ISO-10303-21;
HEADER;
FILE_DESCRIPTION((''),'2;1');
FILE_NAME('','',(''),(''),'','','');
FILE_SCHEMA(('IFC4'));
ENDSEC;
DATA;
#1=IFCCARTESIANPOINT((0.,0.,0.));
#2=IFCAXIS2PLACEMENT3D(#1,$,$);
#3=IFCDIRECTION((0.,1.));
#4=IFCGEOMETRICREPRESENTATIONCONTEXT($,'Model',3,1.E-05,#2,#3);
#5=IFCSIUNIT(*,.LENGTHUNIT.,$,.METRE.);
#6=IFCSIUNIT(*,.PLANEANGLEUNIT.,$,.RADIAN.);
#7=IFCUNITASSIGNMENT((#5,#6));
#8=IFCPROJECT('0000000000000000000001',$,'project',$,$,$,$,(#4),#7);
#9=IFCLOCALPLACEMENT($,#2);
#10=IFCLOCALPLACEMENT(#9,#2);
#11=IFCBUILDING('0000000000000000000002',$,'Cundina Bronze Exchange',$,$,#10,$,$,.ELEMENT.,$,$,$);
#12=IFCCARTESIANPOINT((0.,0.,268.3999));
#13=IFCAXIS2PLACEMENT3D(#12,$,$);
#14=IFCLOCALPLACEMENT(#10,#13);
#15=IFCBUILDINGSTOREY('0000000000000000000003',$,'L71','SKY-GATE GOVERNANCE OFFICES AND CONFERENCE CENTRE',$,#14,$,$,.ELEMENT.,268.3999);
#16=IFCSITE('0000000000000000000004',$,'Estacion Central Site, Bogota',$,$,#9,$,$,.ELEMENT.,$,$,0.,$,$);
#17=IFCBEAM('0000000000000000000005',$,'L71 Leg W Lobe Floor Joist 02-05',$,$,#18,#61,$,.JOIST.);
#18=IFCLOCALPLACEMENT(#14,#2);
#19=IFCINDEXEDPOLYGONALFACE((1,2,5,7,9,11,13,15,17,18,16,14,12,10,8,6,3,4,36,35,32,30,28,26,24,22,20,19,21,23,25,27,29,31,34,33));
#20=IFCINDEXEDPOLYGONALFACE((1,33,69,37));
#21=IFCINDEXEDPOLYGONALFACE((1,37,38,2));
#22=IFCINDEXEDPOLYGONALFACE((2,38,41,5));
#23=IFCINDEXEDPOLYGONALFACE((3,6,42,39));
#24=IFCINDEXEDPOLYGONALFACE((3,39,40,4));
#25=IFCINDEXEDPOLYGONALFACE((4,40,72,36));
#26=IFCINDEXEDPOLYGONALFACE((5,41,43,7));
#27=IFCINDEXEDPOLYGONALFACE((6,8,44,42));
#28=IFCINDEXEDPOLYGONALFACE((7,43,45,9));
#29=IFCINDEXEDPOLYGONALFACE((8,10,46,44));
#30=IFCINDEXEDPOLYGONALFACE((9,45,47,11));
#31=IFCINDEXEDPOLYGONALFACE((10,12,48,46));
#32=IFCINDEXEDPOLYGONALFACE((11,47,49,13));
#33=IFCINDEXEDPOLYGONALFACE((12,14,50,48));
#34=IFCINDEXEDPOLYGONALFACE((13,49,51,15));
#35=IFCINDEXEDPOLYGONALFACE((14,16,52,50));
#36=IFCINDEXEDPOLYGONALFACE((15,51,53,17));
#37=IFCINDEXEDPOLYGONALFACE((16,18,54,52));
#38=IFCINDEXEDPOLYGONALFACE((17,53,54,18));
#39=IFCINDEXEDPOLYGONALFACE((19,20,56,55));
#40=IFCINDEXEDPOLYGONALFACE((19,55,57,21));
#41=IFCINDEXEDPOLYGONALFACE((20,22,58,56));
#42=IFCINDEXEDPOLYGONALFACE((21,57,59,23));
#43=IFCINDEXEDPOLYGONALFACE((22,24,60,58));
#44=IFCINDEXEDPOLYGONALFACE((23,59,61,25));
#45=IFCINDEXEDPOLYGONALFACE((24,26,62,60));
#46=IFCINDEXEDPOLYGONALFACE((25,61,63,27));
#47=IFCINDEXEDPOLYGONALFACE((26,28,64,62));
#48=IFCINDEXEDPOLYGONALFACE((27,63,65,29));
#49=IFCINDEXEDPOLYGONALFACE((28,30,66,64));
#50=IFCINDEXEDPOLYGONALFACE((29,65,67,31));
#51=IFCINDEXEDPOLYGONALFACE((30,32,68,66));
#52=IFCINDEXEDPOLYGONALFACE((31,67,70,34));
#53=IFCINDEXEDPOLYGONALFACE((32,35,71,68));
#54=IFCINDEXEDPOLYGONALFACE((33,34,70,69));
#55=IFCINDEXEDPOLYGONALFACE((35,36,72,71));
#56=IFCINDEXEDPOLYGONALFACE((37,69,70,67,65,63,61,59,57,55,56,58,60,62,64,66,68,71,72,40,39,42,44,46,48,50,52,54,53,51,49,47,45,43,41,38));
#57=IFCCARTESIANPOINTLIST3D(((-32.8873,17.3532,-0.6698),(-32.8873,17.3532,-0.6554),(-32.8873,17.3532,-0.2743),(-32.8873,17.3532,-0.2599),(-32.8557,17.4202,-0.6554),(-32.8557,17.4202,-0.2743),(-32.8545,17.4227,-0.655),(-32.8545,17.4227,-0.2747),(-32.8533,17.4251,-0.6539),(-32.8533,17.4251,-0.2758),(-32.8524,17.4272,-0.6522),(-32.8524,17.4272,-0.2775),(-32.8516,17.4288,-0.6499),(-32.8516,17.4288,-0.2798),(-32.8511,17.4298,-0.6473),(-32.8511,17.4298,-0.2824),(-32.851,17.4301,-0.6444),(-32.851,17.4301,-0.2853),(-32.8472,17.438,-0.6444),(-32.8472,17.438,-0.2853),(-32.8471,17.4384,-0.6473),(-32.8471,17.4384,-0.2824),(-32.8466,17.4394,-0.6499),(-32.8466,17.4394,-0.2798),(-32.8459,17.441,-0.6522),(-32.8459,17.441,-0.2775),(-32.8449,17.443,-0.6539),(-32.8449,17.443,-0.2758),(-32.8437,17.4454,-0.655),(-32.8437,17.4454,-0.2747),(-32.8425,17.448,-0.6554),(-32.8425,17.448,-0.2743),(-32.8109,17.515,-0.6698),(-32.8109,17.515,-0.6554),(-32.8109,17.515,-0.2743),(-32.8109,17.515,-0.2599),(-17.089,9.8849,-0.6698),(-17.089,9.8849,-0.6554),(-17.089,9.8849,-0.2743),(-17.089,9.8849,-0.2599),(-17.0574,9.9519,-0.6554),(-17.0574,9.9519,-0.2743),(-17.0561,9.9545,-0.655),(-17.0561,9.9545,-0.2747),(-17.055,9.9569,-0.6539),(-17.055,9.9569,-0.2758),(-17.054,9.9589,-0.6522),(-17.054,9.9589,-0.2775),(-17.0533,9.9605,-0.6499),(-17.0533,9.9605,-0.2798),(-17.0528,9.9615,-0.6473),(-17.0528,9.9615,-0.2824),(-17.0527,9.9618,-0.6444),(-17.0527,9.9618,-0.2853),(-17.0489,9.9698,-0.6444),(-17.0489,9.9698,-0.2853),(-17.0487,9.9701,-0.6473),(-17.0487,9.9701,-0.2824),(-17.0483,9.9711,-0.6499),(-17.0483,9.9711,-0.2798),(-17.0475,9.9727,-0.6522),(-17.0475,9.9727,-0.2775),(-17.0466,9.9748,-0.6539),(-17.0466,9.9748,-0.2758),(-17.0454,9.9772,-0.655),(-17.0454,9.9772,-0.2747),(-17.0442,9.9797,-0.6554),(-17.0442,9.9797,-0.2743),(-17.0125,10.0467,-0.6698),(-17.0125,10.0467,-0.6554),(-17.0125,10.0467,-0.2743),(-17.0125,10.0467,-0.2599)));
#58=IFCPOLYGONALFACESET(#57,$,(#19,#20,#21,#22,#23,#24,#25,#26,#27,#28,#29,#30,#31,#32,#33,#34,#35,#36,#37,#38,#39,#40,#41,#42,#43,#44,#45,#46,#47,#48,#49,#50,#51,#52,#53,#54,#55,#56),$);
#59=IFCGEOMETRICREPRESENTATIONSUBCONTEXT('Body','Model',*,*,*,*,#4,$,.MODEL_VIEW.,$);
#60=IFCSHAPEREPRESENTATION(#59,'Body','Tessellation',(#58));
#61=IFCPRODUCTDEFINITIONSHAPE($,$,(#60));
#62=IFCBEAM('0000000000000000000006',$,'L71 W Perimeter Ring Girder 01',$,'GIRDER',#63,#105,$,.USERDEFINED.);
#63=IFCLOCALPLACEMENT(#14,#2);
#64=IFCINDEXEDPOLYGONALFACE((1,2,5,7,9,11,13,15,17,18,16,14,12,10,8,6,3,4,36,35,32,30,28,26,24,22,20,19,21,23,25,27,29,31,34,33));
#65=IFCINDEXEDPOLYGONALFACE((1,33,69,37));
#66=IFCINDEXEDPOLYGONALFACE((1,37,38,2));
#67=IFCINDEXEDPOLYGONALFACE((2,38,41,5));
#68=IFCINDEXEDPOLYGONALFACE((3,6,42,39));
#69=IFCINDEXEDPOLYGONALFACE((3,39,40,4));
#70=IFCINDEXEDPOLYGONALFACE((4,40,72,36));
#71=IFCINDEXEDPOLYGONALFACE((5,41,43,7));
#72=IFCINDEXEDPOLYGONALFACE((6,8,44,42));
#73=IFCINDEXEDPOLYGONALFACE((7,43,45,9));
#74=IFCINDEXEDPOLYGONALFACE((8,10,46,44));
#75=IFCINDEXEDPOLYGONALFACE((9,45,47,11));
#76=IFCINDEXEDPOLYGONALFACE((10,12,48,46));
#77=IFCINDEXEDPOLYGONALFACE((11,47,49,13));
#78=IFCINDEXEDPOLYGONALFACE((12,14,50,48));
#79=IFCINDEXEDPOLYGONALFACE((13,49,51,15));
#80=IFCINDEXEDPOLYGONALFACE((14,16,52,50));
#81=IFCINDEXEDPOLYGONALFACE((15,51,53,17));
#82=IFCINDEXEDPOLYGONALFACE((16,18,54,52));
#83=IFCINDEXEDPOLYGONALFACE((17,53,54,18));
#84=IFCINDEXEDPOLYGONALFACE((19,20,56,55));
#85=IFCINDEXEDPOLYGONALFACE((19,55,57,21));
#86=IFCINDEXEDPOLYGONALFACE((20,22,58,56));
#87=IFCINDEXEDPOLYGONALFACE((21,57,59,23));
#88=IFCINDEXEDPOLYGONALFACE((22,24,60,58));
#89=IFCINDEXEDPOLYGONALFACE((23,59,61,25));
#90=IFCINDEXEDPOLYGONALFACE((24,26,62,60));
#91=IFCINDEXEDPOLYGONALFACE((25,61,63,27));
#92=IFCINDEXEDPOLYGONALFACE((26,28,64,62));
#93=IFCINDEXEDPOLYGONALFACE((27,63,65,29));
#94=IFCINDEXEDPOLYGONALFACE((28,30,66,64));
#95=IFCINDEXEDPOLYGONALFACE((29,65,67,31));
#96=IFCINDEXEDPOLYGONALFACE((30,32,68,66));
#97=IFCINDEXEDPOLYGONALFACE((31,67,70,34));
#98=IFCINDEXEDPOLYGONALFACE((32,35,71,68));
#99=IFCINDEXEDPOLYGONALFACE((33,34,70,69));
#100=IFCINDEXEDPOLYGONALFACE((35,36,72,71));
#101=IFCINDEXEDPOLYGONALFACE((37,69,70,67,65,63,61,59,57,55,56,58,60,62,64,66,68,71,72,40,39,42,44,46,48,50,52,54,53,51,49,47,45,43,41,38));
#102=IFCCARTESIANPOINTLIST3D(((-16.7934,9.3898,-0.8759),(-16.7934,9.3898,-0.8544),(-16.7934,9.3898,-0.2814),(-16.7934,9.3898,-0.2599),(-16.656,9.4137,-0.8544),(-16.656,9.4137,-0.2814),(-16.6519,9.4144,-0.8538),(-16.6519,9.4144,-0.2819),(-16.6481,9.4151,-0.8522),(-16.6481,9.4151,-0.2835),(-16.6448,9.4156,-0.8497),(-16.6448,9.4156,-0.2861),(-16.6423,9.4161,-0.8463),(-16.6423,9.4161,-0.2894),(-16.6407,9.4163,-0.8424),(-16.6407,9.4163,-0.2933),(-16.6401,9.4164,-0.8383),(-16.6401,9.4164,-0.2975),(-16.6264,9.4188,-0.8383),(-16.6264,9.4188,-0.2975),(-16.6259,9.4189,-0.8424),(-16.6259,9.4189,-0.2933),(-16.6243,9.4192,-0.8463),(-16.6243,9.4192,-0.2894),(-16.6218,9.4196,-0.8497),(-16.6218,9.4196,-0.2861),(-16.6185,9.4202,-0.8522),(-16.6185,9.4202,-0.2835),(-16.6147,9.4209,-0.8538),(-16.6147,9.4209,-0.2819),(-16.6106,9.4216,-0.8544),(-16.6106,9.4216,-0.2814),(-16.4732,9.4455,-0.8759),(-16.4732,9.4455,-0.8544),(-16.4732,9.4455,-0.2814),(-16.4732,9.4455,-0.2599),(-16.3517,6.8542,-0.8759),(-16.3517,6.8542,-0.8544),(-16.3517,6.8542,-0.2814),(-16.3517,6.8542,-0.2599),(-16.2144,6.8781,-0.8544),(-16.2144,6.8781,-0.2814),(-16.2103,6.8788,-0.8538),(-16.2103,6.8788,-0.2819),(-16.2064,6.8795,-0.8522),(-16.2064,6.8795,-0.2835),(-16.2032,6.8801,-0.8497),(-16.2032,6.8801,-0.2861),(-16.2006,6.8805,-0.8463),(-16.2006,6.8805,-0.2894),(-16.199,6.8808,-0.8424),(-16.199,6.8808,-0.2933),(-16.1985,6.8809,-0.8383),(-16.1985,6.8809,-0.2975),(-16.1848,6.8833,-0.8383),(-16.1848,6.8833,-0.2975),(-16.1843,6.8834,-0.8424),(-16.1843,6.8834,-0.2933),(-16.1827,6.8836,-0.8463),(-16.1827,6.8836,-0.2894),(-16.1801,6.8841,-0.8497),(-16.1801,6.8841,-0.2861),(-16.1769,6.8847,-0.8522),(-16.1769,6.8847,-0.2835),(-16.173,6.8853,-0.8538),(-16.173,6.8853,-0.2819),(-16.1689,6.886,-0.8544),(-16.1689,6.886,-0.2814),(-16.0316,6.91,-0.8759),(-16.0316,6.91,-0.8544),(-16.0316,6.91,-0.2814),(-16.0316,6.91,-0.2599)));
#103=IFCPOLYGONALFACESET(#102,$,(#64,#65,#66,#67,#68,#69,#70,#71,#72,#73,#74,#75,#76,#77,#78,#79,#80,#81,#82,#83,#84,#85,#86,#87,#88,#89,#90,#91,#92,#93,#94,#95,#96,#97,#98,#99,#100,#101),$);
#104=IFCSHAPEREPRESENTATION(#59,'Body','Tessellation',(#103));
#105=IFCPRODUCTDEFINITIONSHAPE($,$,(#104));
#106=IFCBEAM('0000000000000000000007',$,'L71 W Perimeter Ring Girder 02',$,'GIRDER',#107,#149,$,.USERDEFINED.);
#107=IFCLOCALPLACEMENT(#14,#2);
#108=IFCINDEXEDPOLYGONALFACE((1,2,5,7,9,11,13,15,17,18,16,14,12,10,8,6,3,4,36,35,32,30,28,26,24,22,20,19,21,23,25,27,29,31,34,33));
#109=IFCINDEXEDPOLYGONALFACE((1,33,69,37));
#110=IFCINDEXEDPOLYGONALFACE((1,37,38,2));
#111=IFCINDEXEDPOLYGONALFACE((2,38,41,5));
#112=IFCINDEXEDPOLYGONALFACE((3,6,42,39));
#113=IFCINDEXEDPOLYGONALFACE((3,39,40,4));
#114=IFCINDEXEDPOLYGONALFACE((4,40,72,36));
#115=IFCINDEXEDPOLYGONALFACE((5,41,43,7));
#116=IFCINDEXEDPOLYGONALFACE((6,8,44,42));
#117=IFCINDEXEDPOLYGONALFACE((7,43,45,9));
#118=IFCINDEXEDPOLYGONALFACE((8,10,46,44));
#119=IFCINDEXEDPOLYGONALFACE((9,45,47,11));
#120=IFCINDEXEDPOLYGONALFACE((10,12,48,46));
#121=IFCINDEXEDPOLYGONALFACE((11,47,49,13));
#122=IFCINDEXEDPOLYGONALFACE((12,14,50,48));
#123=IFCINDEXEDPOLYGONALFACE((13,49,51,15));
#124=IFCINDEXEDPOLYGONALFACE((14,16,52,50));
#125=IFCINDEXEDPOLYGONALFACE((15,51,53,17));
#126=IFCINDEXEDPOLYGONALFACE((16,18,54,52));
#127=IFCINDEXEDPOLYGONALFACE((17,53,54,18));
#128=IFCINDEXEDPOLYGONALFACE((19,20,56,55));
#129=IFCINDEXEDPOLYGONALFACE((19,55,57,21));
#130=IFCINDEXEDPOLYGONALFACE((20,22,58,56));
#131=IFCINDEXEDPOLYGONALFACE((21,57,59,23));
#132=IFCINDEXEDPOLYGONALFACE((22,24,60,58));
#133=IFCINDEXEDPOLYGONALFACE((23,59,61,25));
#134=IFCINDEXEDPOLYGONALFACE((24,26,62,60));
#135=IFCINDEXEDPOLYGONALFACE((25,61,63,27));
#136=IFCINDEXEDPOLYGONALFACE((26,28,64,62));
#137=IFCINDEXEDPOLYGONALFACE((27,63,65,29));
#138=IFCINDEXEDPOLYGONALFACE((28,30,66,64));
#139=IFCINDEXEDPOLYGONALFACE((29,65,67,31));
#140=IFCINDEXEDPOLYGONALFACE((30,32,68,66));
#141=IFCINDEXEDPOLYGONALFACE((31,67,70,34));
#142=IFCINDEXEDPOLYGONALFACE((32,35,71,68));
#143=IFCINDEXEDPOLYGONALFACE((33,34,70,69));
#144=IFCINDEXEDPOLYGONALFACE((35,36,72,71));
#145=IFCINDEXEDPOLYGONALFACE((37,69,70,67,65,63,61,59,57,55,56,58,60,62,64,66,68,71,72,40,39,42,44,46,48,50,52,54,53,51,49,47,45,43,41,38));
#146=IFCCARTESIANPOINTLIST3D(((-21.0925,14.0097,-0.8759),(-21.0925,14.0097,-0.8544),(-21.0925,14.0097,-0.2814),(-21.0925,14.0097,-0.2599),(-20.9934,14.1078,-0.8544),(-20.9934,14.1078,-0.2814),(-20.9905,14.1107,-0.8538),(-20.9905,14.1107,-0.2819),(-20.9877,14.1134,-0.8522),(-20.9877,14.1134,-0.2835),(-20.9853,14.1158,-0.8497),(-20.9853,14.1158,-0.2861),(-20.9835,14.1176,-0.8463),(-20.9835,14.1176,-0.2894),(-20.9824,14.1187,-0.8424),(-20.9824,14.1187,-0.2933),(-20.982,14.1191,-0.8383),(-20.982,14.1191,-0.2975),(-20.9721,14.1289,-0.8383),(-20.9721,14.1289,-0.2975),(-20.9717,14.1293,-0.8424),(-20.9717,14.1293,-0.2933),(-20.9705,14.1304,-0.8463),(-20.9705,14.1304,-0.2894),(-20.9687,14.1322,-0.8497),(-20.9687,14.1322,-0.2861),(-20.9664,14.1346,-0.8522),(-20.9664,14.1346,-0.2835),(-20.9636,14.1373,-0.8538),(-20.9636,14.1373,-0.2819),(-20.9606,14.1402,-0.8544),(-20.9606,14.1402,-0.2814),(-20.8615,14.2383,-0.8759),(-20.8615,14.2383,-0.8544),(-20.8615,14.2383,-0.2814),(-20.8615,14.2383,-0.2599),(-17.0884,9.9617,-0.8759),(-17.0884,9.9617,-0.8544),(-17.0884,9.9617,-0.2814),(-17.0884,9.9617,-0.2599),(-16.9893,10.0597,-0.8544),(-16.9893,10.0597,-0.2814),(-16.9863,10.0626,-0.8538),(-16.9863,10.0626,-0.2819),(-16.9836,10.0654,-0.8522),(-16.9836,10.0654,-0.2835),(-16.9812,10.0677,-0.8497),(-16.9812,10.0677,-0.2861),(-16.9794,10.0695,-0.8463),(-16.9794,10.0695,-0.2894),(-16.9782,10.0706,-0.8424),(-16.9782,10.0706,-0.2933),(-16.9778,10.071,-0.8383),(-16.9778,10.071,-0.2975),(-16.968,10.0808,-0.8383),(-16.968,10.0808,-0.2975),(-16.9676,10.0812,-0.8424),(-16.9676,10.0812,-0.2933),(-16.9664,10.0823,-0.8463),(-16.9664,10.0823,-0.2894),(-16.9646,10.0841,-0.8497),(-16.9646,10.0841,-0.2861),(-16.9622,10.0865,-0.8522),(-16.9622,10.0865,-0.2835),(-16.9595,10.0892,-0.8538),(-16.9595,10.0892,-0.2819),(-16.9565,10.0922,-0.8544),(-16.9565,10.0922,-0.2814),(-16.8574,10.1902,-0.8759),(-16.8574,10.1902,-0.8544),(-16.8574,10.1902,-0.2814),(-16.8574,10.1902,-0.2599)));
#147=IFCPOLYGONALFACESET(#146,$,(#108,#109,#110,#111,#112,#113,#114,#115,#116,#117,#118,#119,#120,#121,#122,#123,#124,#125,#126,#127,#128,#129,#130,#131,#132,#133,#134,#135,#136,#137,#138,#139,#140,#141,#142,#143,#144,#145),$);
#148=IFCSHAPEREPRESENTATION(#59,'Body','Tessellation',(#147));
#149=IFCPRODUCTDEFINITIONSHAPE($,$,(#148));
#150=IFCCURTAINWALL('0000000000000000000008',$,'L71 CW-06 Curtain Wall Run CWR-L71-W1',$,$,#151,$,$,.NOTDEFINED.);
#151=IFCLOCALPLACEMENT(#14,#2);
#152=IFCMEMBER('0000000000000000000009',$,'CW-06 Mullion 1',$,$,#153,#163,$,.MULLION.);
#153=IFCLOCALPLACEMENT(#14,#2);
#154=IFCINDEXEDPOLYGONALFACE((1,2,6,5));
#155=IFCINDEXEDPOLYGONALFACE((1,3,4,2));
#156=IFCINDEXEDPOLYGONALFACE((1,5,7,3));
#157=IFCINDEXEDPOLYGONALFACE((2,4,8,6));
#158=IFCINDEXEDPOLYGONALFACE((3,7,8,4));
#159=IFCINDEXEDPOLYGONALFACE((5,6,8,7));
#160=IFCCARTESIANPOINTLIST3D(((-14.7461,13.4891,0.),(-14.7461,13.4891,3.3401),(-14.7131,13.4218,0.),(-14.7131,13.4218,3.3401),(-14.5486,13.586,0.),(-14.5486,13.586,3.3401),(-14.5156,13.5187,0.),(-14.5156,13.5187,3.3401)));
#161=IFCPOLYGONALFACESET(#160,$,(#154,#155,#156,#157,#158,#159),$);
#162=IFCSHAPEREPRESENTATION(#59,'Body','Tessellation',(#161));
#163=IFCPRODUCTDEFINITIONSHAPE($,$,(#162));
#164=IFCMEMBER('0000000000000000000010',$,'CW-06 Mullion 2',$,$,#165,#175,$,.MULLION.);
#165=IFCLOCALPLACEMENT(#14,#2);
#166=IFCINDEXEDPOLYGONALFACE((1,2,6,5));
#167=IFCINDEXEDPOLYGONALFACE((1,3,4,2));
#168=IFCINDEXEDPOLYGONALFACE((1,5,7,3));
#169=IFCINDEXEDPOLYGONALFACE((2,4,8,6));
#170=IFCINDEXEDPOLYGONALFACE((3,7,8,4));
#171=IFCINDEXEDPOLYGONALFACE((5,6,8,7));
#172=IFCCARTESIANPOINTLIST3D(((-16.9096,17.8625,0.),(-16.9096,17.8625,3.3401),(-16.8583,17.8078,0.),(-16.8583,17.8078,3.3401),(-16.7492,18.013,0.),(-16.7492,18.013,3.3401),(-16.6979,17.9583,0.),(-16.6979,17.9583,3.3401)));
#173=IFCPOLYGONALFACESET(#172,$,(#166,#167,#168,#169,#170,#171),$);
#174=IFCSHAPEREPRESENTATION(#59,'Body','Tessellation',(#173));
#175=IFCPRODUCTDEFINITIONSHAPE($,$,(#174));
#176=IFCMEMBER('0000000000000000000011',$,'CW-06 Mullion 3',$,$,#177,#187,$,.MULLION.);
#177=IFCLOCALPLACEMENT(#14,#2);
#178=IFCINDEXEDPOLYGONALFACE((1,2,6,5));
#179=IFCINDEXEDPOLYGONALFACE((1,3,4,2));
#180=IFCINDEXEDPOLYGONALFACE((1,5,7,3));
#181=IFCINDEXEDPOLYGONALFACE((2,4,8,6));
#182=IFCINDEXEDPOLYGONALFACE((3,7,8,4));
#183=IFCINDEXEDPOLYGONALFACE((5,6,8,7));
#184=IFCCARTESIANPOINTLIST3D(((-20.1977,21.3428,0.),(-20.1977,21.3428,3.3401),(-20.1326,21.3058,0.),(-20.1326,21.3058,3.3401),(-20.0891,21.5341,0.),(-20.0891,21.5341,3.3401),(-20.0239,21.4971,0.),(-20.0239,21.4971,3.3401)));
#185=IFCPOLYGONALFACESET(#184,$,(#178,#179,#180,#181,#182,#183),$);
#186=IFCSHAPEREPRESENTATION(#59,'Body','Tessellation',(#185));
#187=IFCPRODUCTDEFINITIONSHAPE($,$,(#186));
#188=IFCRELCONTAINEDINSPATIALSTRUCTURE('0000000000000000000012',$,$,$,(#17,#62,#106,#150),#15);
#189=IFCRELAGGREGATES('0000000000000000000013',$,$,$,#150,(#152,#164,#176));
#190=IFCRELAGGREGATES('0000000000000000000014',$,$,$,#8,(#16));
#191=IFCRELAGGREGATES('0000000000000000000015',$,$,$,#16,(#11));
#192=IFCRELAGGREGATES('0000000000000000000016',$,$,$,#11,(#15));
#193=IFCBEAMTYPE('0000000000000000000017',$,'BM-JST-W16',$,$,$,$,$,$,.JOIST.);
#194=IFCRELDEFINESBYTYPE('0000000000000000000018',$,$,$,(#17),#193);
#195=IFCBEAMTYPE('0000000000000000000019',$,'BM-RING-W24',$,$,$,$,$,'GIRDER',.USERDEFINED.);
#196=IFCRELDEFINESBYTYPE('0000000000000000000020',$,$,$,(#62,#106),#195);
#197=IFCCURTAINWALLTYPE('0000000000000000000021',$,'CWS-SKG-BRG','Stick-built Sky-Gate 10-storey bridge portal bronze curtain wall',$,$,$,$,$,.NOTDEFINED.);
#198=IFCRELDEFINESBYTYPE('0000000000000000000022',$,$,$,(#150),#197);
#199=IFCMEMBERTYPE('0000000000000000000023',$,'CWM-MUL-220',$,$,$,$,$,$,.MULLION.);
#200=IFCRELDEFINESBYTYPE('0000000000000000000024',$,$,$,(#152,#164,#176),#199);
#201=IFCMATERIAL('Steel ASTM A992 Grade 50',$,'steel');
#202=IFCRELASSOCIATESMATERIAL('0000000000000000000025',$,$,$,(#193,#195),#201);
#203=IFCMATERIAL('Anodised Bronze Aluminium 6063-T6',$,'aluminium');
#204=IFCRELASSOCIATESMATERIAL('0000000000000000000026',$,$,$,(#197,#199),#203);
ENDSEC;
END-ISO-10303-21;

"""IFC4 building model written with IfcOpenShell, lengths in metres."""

from ifc_helpers import new_model, si_unit, direction, frame, origin, origin_2d, place, context, subcontext, project, spatial, rectangle, i_section, extrude, material, material_profile, profile_set, type_object, element, aggregate, save


model = new_model("IFC4")

# Units and contexts
model_context = context("Model", 3, precision=1e-05, world=origin(), true_north=direction((0.0, 1.0)))
body_context = subcontext(model_context, "Body", "Model", "MODEL_VIEW")
ifc_project = project(units=[si_unit("LENGTHUNIT", "METRE"), si_unit("PLANEANGLEUNIT", "RADIAN")], contexts=[model_context])

# Site, building, storey
site_placement = place(None, origin())
site = spatial("IfcSite", under=ifc_project, at=site_placement, Name="Estacion Central Site, Bogota", CompositionType="ELEMENT", RefElevation=0.0)
building_placement = place(site_placement, origin())
building = spatial("IfcBuilding", under=site, at=building_placement, Name="Cundina Bronze Exchange", CompositionType="ELEMENT")
storey_placement = place(building_placement, frame((0.0, 0.0, 268.3999)))
storey = spatial("IfcBuildingStorey", under=building, at=storey_placement, Name="L71", Description="SKY-GATE GOVERNANCE OFFICES AND CONFERENCE CENTRE", CompositionType="ELEMENT", Elevation=268.3999)

# Beams
ifc_material_1 = material(Name="Steel ASTM A992 Grade 50", Category="steel")
ifc_material_profile_1 = material_profile(ifc_material_1, i_section(OverallWidth=0.179, OverallDepth=0.4099, WebThickness=0.0088, FlangeThickness=0.0144, FilletRadius=0.011, at=origin_2d()), Name="W16X45", Category="steel")
ifc_profile_set_1 = profile_set([ifc_material_profile_1], Name="Steel ASTM A992 Grade 50")
beam_type_1 = type_object("IfcBeamType", Name="BM-JST-W16", PredefinedType="JOIST", material=ifc_profile_set_1)
beam_1_placement = place(storey_placement, frame((-17.0508, 9.9658, -0.4648), z_axis=(-0.904073, 0.427378, 0.0), x_axis=(-0.427378, -0.904073, 0.0)))
element("IfcBeam", 1, at=beam_1_placement, inside=storey, type_object=beam_type_1, Name="L71 Leg W Lobe Floor Joist 02-05", PredefinedType="JOIST", context=body_context, shape_type="SweptSolid", body=[
    extrude(i_section(OverallWidth=0.179, OverallDepth=0.4099, WebThickness=0.0088, FlangeThickness=0.0144, FilletRadius=0.011, at=origin_2d()), origin(), (0.0, 0.0, 1.0), 17.4746),
])
ifc_material_profile_2 = material_profile(ifc_material_1, i_section(OverallWidth=0.325, OverallDepth=0.616, WebThickness=0.0139, FlangeThickness=0.0215, FilletRadius=0.0161, at=origin_2d()), Name="W24X117", Category="steel")
ifc_profile_set_2 = profile_set([ifc_material_profile_2], Name="Steel ASTM A992 Grade 50")
beam_type_2 = type_object("IfcBeamType", Name="BM-RING-W24", ElementType="GIRDER", PredefinedType="USERDEFINED", material=ifc_profile_set_2)
beam_2_placement = place(storey_placement, frame((-16.1917, 6.8821, -0.5679), z_axis=(-0.171593, 0.985168, 0.0), x_axis=(-0.985168, -0.171593, 0.0)))
element("IfcBeam", 2, at=beam_2_placement, inside=storey, type_object=beam_type_2, Name="L71 W Perimeter Ring Girder 01", ObjectType="GIRDER", PredefinedType="USERDEFINED", context=body_context, shape_type="SweptSolid", body=[
    extrude(i_section(OverallWidth=0.325, OverallDepth=0.616, WebThickness=0.0139, FlangeThickness=0.0215, FilletRadius=0.0161, at=origin_2d()), origin(), (0.0, 0.0, 1.0), 2.5737),
])
beam_3_placement = place(storey_placement, frame((-16.9729, 10.0759, -0.5679), z_axis=(-0.703237, 0.710955, 0.0), x_axis=(-0.710955, -0.703237, 0.0)))
element("IfcBeam", 3, at=beam_3_placement, inside=storey, type_object=beam_type_2, Name="L71 W Perimeter Ring Girder 02", ObjectType="GIRDER", PredefinedType="USERDEFINED", context=body_context, shape_type="SweptSolid", body=[
    extrude(i_section(OverallWidth=0.325, OverallDepth=0.616, WebThickness=0.0139, FlangeThickness=0.0215, FilletRadius=0.0161, at=origin_2d()), origin(), (0.0, 0.0, 1.0), 5.6938),
])

# Curtain wall, members
ifc_material_2 = material(Name="Anodised Bronze Aluminium 6063-T6", Category="aluminium")
curtain_wall_type = type_object("IfcCurtainWallType", Name="CWS-SKG-BRG", Description="Stick-built Sky-Gate 10-storey bridge portal bronze curtain wall", PredefinedType="NOTDEFINED", material=ifc_material_2)
curtain_wall_1_placement = place(storey_placement, origin())
curtain_wall_1 = element("IfcCurtainWall", 4, at=curtain_wall_1_placement, inside=storey, type_object=curtain_wall_type, Name="L71 CW-06 Curtain Wall Run CWR-L71-W1", PredefinedType="NOTDEFINED")
ifc_material_profile_3 = material_profile(ifc_material_2, rectangle(XDim=0.075, YDim=0.22, at=origin_2d()), Name="AL75X220", Category="aluminium")
ifc_profile_set_3 = profile_set([ifc_material_profile_3], Name="Anodised Bronze Aluminium 6063-T6")
member_type_1 = type_object("IfcMemberType", Name="CWM-MUL-220", PredefinedType="MULLION", material=ifc_profile_set_3)
member_1_placement = place(storey_placement, frame((-14.6309, 13.5039, 0.0), z_axis=(0.0, 0.0, 1.0), x_axis=(-0.440566, 0.89772, 0.0)))
member_1 = element("IfcMember", 5, at=member_1_placement, type_object=member_type_1, Name="CW-06 Mullion 1", PredefinedType="MULLION", context=body_context, shape_type="SweptSolid", body=[
    extrude(rectangle(XDim=0.075, YDim=0.22, at=origin_2d()), origin(), (0.0, 0.0, 1.0), 3.3401),
])
member_2_placement = place(storey_placement, frame((-16.8037, 17.9104, 0.0), z_axis=(0.0, 0.0, 1.0), x_axis=(-0.684293, 0.729208, 0.0)))
member_2 = element("IfcMember", 6, at=member_2_placement, type_object=member_type_1, Name="CW-06 Mullion 2", PredefinedType="MULLION", context=body_context, shape_type="SweptSolid", body=[
    extrude(rectangle(XDim=0.075, YDim=0.22, at=origin_2d()), origin(), (0.0, 0.0, 1.0), 3.3401),
])
member_3_placement = place(storey_placement, frame((-20.1108, 21.4199, 0.0), z_axis=(0.0, 0.0, 1.0), x_axis=(-0.869581, 0.49379, 0.0)))
member_3 = element("IfcMember", 7, at=member_3_placement, type_object=member_type_1, Name="CW-06 Mullion 3", PredefinedType="MULLION", context=body_context, shape_type="SweptSolid", body=[
    extrude(rectangle(XDim=0.075, YDim=0.22, at=origin_2d()), origin(), (0.0, 0.0, 1.0), 3.3401),
])

aggregate(curtain_wall_1, [member_1, member_2, member_3])

save(model, "model.ifc")
